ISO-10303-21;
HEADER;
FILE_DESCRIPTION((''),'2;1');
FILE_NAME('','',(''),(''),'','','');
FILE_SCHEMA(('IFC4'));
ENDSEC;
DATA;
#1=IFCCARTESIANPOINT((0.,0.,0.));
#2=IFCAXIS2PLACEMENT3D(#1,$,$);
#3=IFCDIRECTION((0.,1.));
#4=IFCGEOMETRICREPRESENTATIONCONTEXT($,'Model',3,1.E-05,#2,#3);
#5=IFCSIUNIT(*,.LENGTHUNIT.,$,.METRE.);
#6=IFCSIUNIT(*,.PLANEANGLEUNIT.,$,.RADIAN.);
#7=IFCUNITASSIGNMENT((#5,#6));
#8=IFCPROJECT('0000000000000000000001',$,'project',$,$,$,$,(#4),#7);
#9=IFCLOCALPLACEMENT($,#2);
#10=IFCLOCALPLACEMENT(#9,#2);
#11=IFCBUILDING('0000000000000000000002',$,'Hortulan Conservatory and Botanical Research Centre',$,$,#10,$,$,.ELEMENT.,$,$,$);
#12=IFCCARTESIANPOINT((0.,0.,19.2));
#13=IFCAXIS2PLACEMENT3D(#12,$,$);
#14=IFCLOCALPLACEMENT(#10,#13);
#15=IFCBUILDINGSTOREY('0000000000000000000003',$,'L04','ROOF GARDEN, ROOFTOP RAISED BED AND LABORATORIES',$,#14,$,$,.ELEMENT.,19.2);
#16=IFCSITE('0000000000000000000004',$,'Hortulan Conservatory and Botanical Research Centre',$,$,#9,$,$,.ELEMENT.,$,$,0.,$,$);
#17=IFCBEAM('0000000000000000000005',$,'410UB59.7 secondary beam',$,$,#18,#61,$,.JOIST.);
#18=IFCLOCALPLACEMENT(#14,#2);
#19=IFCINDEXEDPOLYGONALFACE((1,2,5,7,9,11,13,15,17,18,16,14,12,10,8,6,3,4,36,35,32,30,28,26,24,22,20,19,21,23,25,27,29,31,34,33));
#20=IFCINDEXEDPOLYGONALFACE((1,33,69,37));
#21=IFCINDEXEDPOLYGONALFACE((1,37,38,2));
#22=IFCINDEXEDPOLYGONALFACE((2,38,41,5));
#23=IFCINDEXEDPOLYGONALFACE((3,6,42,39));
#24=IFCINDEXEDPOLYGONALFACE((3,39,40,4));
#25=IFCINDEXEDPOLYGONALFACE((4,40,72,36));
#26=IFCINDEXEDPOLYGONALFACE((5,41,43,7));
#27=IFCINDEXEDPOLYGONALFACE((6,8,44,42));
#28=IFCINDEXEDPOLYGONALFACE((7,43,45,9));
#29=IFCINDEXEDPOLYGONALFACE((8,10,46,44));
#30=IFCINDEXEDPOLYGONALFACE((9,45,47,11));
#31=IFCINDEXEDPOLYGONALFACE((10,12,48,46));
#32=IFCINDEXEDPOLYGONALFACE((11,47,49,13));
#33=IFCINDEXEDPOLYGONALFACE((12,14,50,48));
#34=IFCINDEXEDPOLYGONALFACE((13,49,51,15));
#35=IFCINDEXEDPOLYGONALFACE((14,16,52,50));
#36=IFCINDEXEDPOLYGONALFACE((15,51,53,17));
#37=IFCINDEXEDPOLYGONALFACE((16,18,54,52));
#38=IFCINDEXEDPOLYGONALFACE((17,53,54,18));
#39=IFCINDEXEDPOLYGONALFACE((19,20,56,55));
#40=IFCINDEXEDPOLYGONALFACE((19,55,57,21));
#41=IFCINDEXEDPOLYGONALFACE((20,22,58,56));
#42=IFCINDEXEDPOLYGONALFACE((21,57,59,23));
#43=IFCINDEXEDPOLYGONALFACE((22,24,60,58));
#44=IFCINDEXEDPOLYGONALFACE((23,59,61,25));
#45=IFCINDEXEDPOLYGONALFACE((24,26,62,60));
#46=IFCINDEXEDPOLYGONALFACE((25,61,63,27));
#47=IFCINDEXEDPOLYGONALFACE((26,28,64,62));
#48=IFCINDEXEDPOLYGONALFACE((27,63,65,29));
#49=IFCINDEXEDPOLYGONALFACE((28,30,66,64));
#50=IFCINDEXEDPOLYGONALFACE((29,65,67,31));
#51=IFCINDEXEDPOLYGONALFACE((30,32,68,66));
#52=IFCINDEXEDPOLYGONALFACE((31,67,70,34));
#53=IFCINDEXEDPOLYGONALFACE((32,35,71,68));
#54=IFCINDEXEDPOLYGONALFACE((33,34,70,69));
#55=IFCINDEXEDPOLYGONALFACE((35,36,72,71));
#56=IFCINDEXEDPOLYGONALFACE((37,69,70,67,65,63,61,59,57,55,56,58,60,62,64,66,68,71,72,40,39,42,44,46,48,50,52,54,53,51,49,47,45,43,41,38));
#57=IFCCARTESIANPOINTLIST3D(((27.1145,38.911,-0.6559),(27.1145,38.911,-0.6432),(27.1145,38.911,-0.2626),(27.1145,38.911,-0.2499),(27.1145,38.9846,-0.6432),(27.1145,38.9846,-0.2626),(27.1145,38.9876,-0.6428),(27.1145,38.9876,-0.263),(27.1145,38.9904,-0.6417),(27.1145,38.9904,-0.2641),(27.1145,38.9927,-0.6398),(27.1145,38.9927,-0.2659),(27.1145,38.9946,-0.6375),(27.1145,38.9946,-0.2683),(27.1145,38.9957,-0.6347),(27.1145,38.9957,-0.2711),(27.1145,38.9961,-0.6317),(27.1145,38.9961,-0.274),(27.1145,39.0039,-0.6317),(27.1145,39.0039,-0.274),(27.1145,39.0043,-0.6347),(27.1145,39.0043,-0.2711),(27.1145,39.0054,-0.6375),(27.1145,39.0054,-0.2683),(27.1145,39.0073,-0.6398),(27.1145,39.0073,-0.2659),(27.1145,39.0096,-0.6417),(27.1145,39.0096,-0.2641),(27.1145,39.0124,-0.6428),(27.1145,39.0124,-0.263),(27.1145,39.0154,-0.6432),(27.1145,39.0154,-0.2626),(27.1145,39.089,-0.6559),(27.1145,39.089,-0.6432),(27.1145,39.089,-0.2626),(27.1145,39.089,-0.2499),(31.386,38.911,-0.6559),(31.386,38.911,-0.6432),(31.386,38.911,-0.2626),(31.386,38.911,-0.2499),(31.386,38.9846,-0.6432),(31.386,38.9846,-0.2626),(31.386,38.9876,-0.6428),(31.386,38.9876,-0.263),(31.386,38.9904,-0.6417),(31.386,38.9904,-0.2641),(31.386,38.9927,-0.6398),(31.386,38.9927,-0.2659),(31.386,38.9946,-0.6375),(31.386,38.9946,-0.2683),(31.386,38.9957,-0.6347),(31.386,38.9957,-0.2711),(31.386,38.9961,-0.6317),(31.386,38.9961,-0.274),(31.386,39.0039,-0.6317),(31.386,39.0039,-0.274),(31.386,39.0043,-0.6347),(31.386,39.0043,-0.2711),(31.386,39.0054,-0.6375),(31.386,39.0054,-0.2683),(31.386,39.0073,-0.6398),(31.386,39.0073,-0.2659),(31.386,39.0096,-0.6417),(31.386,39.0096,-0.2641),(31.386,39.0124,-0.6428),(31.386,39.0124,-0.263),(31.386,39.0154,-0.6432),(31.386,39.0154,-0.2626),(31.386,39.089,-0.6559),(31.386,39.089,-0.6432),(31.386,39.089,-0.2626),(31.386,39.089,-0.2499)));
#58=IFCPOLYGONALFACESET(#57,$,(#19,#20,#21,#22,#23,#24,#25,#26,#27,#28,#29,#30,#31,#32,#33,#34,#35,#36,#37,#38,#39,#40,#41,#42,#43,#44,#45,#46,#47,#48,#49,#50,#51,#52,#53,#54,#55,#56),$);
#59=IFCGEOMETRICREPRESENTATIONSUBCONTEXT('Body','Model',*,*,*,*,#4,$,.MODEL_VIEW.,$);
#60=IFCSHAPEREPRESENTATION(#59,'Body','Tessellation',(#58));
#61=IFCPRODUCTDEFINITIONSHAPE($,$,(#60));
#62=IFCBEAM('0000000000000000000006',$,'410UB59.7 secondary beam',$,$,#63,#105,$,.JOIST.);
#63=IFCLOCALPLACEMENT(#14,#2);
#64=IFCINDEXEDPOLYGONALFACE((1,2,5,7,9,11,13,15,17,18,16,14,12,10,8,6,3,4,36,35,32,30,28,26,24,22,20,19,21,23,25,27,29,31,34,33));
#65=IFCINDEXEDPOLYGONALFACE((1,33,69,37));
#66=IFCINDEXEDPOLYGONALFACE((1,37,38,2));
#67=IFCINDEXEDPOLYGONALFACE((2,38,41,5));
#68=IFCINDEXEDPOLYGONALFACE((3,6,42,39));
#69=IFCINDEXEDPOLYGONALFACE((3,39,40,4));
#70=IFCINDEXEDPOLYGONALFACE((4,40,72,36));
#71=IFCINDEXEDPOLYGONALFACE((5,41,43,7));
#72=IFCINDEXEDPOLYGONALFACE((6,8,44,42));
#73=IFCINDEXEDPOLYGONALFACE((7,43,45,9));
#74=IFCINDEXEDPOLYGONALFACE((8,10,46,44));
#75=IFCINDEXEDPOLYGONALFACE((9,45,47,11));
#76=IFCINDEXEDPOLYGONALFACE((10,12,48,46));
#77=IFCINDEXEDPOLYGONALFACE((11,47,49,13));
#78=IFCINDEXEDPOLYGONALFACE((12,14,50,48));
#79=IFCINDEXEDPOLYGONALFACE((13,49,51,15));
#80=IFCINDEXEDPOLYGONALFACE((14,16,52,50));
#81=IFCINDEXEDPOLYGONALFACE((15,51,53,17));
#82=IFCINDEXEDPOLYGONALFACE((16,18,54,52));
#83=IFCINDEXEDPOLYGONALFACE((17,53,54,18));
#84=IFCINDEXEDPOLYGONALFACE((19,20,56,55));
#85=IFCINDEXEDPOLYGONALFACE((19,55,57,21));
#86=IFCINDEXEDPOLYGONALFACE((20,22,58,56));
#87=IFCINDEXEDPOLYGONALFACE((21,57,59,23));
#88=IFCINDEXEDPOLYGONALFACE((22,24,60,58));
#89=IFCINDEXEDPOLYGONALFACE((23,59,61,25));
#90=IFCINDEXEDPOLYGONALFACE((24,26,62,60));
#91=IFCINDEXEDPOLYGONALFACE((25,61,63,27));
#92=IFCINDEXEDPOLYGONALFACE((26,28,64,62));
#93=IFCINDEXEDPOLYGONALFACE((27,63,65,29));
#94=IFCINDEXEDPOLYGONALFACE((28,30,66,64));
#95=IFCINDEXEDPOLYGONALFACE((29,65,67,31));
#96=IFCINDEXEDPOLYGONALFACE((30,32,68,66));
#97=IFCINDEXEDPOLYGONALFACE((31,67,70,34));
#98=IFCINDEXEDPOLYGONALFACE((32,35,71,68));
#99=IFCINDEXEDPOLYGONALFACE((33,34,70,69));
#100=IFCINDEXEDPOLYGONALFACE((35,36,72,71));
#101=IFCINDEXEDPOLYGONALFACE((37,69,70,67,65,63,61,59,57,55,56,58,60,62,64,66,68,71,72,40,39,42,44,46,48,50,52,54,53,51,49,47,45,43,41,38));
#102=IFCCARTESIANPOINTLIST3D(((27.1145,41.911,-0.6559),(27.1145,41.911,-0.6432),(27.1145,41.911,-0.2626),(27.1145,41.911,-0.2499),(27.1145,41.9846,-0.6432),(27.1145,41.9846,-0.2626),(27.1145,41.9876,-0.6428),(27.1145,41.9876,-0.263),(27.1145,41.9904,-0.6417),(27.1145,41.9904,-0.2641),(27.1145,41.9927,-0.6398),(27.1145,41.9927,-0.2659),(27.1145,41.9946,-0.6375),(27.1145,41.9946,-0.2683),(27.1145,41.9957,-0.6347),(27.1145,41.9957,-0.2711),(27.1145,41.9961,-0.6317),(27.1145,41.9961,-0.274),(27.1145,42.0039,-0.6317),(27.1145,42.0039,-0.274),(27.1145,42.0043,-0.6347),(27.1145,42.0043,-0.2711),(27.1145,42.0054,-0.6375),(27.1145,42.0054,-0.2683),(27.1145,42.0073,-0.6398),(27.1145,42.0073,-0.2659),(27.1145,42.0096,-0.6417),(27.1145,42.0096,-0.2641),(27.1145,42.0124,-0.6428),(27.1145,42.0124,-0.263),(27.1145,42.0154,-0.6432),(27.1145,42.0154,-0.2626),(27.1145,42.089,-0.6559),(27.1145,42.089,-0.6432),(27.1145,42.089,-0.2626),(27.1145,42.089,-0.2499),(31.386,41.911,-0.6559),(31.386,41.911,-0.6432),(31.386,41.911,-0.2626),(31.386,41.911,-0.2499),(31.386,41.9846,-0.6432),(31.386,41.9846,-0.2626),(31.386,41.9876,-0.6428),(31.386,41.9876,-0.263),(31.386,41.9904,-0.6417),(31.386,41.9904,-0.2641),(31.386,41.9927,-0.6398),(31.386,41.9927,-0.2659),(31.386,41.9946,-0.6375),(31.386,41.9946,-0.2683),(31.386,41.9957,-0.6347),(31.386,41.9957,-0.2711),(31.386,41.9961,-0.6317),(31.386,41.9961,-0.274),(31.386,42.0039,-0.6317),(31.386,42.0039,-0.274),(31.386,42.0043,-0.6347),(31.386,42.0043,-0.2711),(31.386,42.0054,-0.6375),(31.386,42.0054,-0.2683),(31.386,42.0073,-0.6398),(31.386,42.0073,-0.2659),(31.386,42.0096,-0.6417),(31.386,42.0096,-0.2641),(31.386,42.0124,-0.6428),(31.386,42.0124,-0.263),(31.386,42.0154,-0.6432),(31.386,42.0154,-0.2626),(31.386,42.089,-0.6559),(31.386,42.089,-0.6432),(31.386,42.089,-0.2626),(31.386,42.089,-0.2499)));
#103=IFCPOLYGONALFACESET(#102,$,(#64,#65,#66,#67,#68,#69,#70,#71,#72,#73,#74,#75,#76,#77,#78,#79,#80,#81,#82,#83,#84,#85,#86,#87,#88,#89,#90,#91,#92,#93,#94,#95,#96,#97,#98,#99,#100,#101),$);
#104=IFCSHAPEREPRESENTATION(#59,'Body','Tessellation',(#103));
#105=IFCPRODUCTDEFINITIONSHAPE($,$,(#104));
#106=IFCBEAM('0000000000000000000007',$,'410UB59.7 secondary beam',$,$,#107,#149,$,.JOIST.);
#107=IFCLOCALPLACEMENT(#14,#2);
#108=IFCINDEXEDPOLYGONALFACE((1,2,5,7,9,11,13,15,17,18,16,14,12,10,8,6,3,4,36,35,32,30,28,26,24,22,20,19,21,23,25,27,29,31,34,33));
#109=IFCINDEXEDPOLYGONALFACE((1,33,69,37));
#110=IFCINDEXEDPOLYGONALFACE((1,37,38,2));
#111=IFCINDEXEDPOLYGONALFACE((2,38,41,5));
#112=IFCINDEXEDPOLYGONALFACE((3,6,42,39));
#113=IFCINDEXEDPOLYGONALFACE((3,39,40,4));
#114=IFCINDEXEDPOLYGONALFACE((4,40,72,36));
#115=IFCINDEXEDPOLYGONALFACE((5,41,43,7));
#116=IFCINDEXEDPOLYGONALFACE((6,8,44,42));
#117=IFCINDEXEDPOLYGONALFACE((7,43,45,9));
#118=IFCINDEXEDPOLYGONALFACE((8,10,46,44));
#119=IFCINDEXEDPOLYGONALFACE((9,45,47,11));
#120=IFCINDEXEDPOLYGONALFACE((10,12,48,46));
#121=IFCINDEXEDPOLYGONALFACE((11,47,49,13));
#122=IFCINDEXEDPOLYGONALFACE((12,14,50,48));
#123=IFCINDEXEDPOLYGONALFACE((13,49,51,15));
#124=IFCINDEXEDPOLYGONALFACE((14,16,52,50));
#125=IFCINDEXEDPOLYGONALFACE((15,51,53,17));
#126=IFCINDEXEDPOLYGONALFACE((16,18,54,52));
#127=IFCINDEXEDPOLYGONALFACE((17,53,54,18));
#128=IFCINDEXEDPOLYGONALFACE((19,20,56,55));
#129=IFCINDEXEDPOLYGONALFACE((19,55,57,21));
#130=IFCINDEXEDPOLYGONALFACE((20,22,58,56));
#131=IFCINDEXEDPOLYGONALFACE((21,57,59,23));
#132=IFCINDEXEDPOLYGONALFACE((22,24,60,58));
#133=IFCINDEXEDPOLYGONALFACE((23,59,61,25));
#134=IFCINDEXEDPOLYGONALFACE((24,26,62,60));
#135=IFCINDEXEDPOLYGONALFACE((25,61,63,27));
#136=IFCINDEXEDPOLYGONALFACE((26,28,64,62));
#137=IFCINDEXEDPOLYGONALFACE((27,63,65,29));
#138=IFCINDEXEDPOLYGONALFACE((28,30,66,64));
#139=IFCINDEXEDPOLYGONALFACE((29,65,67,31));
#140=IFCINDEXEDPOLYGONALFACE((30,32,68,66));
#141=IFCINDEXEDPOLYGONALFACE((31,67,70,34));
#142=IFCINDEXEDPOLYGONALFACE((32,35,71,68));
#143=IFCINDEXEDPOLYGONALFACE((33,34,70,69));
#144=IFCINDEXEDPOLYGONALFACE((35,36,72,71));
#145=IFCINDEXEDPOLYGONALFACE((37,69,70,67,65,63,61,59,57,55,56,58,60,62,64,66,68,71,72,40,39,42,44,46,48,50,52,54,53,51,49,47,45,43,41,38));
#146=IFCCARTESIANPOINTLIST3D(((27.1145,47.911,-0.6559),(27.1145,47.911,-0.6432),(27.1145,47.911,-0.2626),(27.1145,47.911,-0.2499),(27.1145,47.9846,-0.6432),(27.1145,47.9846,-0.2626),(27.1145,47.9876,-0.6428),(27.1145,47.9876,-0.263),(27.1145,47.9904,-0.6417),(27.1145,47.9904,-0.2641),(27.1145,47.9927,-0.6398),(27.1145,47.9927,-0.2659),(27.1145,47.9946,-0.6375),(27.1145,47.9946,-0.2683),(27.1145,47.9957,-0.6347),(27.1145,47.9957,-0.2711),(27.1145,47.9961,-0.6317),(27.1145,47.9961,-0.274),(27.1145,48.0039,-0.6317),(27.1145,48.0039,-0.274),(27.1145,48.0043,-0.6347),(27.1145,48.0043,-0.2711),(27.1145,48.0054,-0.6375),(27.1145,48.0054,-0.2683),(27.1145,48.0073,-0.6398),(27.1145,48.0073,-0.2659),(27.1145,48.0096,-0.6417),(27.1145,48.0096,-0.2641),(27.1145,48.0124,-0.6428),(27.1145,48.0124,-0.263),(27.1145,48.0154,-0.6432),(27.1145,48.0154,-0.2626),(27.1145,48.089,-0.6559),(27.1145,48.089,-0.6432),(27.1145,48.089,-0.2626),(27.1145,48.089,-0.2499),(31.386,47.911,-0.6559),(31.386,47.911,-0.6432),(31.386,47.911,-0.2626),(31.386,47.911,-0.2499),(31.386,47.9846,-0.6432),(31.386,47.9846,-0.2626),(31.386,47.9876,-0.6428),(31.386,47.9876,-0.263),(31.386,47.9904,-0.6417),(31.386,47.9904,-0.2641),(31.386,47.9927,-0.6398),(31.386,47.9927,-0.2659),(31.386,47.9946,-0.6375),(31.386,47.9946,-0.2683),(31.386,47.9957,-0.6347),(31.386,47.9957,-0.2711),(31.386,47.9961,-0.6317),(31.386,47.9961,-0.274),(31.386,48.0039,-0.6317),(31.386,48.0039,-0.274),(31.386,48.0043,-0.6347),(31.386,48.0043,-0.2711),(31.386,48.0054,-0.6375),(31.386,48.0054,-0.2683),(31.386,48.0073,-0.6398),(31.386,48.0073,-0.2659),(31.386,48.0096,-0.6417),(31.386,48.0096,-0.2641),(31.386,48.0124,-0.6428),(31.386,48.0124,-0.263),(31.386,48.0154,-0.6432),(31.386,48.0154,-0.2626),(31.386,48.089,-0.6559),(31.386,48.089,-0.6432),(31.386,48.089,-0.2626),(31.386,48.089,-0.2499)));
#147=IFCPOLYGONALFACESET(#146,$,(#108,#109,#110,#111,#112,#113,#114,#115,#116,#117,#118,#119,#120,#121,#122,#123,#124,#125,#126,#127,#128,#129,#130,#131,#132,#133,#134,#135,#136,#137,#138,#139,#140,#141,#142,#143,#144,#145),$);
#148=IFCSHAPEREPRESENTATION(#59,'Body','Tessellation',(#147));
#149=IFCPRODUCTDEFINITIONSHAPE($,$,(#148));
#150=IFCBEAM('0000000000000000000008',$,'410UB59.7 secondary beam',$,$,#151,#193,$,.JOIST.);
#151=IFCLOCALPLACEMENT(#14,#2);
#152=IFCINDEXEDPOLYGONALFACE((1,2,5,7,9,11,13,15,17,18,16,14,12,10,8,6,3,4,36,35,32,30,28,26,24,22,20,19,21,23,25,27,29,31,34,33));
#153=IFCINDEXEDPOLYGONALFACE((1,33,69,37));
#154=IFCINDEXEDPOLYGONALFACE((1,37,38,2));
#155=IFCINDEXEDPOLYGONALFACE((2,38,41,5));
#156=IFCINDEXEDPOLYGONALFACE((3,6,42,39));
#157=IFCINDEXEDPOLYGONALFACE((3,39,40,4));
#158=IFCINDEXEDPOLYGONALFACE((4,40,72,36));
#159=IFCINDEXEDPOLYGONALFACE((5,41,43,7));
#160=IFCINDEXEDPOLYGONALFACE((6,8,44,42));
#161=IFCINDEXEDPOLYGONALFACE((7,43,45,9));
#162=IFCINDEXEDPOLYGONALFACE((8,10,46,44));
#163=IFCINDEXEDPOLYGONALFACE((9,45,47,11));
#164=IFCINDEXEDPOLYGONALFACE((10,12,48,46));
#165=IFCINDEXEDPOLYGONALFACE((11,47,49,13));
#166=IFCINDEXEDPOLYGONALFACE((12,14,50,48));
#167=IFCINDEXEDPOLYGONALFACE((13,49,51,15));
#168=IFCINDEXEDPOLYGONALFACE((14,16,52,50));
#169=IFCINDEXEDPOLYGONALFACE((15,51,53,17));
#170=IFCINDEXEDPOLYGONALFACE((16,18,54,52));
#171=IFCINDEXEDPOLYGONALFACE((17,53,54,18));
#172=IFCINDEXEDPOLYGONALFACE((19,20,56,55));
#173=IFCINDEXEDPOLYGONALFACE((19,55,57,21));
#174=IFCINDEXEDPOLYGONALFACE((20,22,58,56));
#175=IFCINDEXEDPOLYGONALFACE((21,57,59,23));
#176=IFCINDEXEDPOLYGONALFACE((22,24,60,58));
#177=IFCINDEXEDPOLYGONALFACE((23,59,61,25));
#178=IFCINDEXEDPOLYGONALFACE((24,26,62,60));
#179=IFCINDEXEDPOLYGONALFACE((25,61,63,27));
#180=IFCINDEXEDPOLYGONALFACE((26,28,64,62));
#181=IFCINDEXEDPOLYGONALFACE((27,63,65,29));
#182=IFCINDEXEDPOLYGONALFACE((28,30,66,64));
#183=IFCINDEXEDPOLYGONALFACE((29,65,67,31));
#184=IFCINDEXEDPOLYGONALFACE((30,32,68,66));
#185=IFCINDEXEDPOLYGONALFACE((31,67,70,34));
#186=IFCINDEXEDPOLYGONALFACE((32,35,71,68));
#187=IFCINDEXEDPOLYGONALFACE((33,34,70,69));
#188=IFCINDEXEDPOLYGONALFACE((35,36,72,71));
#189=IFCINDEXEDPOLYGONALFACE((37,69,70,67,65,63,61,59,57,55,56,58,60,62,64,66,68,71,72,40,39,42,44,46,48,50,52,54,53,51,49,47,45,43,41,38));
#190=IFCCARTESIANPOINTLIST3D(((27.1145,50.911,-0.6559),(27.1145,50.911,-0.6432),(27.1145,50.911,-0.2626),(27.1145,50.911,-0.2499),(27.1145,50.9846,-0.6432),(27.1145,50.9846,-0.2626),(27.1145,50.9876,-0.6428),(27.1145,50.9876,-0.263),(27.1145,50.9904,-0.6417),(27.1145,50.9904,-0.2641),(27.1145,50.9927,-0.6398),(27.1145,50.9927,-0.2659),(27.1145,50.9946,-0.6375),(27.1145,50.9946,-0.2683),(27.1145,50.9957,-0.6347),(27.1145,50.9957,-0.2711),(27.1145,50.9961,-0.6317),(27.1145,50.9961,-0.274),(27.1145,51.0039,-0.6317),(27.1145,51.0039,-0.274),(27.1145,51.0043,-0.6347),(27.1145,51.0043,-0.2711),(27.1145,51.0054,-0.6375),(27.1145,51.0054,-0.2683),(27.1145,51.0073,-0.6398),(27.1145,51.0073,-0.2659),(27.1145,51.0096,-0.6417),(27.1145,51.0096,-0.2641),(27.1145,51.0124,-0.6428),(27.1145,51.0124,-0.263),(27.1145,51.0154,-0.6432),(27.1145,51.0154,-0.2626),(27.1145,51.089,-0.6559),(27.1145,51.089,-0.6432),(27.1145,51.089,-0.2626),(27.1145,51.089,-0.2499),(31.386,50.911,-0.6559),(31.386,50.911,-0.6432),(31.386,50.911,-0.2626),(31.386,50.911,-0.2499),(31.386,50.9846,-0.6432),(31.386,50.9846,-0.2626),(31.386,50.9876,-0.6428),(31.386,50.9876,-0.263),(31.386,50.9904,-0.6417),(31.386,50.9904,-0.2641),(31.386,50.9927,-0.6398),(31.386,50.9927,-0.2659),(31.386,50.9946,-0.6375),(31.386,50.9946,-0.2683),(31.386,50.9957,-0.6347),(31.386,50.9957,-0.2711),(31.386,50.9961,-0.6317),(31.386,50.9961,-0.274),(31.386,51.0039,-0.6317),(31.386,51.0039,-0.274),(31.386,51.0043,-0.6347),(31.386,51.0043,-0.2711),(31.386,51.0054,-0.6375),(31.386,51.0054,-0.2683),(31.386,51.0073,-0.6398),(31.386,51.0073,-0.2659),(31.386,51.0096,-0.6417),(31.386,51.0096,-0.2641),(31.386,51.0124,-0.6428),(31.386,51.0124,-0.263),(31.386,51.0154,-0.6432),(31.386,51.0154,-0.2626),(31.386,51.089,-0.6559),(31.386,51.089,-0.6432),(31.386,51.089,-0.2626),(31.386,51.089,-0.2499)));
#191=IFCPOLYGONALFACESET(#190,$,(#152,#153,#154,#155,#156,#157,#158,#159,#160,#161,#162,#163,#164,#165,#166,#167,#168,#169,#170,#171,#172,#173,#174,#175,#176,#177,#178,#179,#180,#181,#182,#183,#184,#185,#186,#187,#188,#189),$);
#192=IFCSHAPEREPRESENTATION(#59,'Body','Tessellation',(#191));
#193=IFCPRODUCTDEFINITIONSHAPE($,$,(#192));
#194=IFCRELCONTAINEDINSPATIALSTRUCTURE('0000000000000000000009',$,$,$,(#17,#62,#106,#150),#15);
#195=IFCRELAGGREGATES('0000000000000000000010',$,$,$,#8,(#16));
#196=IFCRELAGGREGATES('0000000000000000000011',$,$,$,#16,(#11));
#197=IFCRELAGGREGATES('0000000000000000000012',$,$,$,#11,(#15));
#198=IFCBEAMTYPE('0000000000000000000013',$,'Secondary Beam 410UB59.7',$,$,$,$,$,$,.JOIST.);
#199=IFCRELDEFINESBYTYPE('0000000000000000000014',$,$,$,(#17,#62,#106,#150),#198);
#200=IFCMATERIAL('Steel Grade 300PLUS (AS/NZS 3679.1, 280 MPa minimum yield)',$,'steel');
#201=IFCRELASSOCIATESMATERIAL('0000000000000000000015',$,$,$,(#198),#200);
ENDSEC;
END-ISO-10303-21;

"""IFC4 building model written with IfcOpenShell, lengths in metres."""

from ifc_helpers import new_model, si_unit, direction, frame, origin, origin_2d, place, context, subcontext, project, spatial, i_section, extrude, material, material_profile, profile_set, type_object, element, save


model = new_model("IFC4")

# Units and contexts
model_context = context("Model", 3, precision=1e-05, world=origin(), true_north=direction((0.0, 1.0)))
body_context = subcontext(model_context, "Body", "Model", "MODEL_VIEW")
ifc_project = project(units=[si_unit("LENGTHUNIT", "METRE"), si_unit("PLANEANGLEUNIT", "RADIAN")], contexts=[model_context])

# Site, building, storey
site_placement = place(None, origin())
site = spatial("IfcSite", under=ifc_project, at=site_placement, Name="Hortulan Conservatory and Botanical Research Centre", CompositionType="ELEMENT", RefElevation=0.0)
building_placement = place(site_placement, origin())
building = spatial("IfcBuilding", under=site, at=building_placement, Name="Hortulan Conservatory and Botanical Research Centre", CompositionType="ELEMENT")
storey_placement = place(building_placement, frame((0.0, 0.0, 19.2)))
storey = spatial("IfcBuildingStorey", under=building, at=storey_placement, Name="L04", Description="ROOF GARDEN, ROOFTOP RAISED BED AND LABORATORIES", CompositionType="ELEMENT", Elevation=19.2)

# Beams
ifc_material_1 = material(Name="Steel Grade 300PLUS (AS/NZS 3679.1, 280 MPa minimum yield)", Category="steel")
ifc_material_profile_1 = material_profile(ifc_material_1, i_section(OverallWidth=0.178, OverallDepth=0.406, WebThickness=0.0078, FlangeThickness=0.0127, FilletRadius=0.0115, at=origin_2d()), Name="410UB59.7")
ifc_profile_set_1 = profile_set([ifc_material_profile_1], Name="Steel Grade 300PLUS (AS/NZS 3679.1, 280 MPa minimum yield)")
beam_type_1 = type_object("IfcBeamType", Name="Secondary Beam 410UB59.7", PredefinedType="JOIST", material=ifc_profile_set_1)
for number, where, z_axis, x_axis, name in (
    (1, (27.1145, 39.0, -0.4529), (1.0, 0.0, 0.0), (0.0, 1.0, 0.0), "410UB59.7 secondary beam"),
    (2, (27.1145, 42.0, -0.4529), (1.0, 0.0, 0.0), (0.0, 1.0, 0.0), "410UB59.7 secondary beam"),
    (3, (27.1145, 48.0, -0.4529), (1.0, 0.0, 0.0), (0.0, 1.0, 0.0), "410UB59.7 secondary beam"),
    (4, (27.1145, 51.0, -0.4529), (1.0, 0.0, 0.0), (0.0, 1.0, 0.0), "410UB59.7 secondary beam"),
):
    element("IfcBeam", number, at=place(storey_placement, frame(where, z_axis=z_axis, x_axis=x_axis)), inside=storey, type_object=beam_type_1, Name=name, PredefinedType="JOIST", context=body_context, shape_type="SweptSolid", body=[
        extrude(i_section(OverallWidth=0.178, OverallDepth=0.406, WebThickness=0.0078, FlangeThickness=0.0127, FilletRadius=0.0115, at=origin_2d()), origin(), (0.0, 0.0, 1.0), 4.2715),
    ])

save(model, "model.ifc")
